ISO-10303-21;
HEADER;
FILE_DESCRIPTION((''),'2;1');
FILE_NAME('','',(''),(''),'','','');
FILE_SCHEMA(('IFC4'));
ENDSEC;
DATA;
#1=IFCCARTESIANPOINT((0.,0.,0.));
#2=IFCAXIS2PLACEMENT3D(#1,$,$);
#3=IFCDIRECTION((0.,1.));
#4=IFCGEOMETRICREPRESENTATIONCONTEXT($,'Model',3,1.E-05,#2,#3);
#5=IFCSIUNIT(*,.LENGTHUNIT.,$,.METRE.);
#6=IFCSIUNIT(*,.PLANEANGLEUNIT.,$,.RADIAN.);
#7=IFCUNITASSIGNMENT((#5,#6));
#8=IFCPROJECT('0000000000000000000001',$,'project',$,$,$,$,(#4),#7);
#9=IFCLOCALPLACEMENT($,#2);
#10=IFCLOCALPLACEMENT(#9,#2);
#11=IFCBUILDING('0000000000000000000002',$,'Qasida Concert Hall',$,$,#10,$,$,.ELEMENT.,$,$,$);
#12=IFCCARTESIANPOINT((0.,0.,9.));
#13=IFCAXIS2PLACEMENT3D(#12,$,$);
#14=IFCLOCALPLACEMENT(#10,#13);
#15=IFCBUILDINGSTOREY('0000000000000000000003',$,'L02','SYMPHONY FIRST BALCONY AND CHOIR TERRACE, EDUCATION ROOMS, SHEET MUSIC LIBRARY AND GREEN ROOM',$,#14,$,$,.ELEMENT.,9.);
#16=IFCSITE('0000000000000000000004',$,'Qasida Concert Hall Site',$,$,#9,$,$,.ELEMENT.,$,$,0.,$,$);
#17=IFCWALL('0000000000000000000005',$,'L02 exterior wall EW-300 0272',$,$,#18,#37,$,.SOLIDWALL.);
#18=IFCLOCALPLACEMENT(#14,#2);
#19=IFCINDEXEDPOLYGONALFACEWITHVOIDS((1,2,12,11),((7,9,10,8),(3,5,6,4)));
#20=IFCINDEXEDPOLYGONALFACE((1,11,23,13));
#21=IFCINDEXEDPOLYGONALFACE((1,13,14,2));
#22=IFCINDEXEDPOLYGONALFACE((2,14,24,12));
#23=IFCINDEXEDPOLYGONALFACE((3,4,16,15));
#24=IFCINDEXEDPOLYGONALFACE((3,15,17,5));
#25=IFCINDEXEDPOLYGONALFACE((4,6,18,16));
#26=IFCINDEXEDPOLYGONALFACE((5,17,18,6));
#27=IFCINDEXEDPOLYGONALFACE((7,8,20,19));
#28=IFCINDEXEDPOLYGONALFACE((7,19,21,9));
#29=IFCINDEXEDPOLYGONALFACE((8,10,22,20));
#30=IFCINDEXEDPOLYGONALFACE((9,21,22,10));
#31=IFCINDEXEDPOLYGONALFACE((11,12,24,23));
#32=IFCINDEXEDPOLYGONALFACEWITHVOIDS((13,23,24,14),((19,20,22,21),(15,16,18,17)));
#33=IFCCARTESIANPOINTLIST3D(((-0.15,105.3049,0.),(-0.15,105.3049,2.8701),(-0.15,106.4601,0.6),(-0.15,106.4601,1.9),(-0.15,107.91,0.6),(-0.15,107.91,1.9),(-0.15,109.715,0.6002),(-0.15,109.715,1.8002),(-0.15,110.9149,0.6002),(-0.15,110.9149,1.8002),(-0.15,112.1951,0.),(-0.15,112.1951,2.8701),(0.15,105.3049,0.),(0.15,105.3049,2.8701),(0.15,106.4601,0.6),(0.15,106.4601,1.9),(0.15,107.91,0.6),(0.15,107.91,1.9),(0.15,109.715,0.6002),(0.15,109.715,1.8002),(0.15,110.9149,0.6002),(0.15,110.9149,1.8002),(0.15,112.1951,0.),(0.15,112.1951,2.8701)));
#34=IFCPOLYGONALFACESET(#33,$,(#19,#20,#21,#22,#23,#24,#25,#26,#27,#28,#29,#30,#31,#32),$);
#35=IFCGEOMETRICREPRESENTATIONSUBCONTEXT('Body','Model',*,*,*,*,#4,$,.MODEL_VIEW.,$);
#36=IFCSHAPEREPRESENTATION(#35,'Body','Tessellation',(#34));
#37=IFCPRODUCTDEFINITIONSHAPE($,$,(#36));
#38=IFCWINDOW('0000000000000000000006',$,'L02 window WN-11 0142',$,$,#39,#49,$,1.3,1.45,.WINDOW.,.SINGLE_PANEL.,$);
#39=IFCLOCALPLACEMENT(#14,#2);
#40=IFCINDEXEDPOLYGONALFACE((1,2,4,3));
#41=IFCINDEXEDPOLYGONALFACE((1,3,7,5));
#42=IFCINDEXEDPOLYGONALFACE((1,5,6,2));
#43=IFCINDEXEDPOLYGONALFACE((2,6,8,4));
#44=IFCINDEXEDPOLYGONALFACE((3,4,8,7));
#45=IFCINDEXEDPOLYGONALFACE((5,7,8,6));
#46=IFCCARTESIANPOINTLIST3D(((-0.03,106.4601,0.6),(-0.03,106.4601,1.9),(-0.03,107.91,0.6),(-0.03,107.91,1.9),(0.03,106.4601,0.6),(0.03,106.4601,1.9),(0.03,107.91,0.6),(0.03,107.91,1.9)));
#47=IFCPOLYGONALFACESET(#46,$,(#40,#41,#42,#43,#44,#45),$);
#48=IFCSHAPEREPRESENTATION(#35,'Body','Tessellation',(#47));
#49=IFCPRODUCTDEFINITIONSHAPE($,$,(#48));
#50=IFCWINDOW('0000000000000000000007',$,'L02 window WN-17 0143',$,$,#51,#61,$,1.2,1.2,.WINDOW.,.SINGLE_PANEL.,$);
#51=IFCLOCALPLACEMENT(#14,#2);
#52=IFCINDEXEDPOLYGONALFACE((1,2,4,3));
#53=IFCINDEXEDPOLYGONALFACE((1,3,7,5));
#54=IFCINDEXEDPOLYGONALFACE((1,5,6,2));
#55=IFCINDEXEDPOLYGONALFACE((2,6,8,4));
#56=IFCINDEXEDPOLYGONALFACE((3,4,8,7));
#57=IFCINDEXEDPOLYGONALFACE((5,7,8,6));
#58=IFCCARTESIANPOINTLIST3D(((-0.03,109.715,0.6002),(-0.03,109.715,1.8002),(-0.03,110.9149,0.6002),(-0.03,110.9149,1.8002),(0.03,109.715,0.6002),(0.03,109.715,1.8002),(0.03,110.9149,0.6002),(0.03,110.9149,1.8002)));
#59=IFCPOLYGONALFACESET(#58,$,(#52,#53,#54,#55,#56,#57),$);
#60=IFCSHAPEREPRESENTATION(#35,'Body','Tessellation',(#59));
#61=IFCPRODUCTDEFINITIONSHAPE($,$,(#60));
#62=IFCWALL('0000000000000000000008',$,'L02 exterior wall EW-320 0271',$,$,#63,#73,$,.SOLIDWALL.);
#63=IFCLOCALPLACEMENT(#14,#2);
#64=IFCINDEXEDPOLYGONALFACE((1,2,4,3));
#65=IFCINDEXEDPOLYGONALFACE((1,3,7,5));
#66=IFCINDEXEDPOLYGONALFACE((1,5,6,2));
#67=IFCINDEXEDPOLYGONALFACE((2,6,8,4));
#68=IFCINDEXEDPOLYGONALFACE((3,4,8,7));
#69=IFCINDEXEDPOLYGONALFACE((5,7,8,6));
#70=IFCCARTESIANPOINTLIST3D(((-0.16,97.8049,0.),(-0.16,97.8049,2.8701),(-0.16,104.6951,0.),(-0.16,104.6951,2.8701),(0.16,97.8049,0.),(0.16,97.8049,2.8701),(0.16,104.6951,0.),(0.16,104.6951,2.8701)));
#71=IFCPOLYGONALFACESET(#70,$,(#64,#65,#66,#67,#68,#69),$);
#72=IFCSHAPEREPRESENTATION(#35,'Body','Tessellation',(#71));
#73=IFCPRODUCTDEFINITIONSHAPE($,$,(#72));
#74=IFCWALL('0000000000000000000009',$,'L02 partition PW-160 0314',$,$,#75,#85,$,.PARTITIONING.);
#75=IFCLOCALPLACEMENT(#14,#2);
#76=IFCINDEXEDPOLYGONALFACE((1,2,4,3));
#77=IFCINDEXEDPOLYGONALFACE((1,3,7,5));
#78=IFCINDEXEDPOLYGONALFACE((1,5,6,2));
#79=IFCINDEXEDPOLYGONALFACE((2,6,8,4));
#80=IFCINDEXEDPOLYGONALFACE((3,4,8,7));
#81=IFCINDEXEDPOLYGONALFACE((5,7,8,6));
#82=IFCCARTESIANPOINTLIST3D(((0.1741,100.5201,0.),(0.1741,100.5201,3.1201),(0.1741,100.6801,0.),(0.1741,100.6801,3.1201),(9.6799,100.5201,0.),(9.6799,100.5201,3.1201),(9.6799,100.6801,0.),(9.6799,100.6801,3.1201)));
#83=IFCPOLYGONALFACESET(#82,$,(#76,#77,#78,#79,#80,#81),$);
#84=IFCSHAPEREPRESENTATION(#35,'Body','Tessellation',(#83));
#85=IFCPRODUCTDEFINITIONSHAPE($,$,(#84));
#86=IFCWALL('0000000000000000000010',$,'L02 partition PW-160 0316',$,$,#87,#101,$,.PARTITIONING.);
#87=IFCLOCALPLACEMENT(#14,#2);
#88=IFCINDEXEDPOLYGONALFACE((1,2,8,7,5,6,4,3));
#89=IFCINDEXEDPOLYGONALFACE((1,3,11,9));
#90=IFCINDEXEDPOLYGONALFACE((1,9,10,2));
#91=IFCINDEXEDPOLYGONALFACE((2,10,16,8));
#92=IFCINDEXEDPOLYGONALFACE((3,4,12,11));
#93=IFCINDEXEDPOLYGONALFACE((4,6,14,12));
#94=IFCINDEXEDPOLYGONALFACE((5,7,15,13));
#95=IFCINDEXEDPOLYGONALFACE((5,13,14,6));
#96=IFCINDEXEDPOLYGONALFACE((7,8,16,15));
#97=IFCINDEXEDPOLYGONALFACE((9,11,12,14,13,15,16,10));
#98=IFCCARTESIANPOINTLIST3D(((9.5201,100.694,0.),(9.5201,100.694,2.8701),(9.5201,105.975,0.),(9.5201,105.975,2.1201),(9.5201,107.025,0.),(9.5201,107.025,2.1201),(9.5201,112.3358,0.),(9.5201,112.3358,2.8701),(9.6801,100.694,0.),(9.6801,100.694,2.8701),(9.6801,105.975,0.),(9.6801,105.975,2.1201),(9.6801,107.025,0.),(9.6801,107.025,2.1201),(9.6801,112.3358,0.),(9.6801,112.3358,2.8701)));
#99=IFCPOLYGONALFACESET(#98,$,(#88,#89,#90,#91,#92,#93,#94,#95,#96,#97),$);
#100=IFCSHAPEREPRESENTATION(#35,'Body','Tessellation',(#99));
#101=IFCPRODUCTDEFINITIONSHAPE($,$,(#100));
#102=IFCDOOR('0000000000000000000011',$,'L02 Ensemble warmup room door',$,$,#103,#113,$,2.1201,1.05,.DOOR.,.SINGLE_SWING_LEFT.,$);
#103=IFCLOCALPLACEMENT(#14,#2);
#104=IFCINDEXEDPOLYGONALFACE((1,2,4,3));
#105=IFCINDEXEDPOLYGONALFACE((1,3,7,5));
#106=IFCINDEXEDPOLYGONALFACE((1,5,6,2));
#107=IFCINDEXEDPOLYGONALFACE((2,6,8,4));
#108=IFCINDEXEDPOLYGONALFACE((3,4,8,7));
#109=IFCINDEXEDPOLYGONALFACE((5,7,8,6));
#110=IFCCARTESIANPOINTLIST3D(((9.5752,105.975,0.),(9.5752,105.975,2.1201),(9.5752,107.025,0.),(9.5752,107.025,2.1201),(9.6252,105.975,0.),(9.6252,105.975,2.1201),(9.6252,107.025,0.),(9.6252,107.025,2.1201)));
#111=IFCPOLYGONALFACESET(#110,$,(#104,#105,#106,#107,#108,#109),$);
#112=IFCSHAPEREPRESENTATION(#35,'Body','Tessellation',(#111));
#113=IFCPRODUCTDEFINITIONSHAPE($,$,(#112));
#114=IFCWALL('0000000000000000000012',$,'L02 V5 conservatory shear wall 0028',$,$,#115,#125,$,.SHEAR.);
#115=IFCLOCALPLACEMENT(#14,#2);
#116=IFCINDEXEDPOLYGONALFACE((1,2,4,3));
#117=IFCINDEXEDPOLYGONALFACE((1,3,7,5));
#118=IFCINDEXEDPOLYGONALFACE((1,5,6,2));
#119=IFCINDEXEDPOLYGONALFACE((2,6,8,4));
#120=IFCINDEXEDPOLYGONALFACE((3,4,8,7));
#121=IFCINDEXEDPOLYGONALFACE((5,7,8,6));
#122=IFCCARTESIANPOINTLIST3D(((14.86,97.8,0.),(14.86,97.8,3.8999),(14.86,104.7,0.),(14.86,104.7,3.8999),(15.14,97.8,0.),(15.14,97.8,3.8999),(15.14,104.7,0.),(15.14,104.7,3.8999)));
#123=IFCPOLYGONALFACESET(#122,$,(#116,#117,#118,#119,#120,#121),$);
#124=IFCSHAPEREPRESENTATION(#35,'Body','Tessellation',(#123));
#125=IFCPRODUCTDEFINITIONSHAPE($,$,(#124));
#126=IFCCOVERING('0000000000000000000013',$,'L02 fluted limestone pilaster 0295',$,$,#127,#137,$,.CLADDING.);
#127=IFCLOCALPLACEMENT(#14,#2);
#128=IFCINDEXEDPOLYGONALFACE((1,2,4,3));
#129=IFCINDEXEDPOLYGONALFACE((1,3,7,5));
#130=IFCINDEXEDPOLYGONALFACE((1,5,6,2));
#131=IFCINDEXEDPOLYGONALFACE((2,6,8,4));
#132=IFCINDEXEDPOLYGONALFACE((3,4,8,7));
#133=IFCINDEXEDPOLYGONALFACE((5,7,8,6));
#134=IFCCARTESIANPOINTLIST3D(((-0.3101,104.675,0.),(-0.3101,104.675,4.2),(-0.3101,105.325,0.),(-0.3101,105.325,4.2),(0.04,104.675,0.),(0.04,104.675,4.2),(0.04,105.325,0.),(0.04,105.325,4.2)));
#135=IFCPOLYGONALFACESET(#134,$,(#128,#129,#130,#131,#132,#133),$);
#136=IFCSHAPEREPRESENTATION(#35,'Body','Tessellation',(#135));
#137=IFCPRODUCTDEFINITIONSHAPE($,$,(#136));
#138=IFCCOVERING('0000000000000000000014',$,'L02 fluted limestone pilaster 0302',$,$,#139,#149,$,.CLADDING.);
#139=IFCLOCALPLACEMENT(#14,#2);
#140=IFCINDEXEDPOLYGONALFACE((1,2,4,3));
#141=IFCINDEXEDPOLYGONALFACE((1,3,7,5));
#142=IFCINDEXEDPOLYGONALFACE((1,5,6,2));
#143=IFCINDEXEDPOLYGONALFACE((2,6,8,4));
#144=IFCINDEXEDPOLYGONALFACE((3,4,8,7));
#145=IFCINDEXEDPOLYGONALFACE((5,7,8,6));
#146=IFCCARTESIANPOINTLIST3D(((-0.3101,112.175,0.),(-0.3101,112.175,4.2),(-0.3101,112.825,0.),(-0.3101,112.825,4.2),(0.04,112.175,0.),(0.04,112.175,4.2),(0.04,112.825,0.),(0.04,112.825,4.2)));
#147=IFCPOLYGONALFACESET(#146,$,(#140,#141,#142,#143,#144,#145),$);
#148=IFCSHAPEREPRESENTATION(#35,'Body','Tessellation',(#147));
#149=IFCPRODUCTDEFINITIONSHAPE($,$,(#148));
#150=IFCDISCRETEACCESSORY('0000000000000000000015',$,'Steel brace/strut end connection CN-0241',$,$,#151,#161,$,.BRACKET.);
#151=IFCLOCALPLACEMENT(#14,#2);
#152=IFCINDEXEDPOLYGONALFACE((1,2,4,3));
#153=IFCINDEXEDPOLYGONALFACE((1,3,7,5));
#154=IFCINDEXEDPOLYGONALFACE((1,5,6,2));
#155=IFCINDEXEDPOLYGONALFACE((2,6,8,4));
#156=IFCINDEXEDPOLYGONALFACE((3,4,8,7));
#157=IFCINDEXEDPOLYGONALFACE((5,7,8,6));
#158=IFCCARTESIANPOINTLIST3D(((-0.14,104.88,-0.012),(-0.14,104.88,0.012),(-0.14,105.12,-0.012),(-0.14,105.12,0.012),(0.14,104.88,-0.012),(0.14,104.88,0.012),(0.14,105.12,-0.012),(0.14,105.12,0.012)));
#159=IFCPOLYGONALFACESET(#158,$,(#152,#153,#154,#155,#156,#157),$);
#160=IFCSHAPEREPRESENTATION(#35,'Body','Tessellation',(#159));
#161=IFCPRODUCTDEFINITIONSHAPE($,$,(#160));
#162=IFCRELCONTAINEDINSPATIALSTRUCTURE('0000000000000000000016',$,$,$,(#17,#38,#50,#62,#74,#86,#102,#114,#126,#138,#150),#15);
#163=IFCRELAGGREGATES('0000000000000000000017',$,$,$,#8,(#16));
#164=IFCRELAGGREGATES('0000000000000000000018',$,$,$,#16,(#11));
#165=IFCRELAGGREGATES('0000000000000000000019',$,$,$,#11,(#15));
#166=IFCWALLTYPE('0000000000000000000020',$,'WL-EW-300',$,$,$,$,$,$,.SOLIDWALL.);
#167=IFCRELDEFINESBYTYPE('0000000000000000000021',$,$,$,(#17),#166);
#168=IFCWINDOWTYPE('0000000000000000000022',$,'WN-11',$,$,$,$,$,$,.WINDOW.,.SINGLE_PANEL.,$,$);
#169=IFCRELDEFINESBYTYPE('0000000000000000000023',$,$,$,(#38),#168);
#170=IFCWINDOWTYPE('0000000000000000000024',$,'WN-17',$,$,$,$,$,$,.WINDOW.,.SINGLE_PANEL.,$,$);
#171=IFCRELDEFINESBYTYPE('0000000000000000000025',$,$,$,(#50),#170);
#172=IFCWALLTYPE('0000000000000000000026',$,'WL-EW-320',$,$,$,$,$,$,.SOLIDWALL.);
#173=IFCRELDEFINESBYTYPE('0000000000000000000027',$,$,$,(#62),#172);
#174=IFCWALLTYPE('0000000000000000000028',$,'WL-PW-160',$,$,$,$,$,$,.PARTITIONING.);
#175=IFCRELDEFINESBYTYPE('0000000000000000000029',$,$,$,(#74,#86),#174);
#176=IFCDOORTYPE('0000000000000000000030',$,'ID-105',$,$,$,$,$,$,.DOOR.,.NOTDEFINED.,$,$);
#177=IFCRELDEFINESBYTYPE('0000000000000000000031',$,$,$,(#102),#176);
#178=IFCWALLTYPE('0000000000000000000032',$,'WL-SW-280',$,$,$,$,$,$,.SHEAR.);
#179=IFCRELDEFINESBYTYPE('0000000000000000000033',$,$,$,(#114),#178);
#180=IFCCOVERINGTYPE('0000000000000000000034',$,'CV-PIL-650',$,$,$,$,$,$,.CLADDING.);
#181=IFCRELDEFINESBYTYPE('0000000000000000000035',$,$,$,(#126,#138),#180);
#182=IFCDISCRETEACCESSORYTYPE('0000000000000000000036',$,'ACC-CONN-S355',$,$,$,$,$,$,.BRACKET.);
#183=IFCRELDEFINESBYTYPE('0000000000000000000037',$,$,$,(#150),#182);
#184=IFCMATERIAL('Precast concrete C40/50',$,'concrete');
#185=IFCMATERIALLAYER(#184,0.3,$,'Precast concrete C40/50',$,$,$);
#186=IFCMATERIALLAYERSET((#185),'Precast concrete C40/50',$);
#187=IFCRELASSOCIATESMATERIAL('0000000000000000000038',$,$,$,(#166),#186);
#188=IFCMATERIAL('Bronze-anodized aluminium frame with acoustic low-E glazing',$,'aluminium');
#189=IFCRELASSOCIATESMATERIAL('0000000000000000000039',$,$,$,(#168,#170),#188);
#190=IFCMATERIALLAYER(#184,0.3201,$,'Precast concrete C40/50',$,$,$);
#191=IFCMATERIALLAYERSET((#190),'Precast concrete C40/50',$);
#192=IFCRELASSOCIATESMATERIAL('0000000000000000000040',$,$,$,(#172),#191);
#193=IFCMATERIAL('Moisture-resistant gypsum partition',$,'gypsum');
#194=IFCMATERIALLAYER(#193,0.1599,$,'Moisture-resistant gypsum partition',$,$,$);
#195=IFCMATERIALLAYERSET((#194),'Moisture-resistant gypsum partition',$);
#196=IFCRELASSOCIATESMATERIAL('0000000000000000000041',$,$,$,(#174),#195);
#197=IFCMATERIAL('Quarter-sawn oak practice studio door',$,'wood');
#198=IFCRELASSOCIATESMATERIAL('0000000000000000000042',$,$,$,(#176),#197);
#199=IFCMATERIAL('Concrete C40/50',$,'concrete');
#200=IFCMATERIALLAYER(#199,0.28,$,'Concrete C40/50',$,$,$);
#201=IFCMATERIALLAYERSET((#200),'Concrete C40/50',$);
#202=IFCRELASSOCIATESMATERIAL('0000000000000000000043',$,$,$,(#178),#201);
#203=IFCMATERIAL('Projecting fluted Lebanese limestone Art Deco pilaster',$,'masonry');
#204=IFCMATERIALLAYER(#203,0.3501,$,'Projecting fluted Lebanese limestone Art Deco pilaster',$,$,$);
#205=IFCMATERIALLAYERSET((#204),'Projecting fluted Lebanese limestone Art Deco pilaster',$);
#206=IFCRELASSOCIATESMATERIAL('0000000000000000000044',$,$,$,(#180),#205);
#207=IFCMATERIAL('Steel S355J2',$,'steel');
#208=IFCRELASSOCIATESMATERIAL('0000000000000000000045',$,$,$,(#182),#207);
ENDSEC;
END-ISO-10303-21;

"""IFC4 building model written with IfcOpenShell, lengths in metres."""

from ifc_helpers import new_model, si_unit, direction, frame, frame_2d, origin, origin_2d, place, context, subcontext, project, spatial, rectangle, extrude, material, layer, layer_set, type_object, element, fill, save


model = new_model("IFC4")

# Units and contexts
model_context = context("Model", 3, precision=1e-05, world=origin(), true_north=direction((0.0, 1.0)))
body_context = subcontext(model_context, "Body", "Model", "MODEL_VIEW")
ifc_project = project(units=[si_unit("LENGTHUNIT", "METRE"), si_unit("PLANEANGLEUNIT", "RADIAN")], contexts=[model_context])

# Site, building, storey
site_placement = place(None, origin())
site = spatial("IfcSite", under=ifc_project, at=site_placement, Name="Qasida Concert Hall Site", CompositionType="ELEMENT", RefElevation=0.0)
building_placement = place(site_placement, origin())
building = spatial("IfcBuilding", under=site, at=building_placement, Name="Qasida Concert Hall", CompositionType="ELEMENT")
storey_placement = place(building_placement, frame((0.0, 0.0, 9.0)))
storey = spatial("IfcBuildingStorey", under=building, at=storey_placement, Name="L02", Description="SYMPHONY FIRST BALCONY AND CHOIR TERRACE, EDUCATION ROOMS, SHEET MUSIC LIBRARY AND GREEN ROOM", CompositionType="ELEMENT", Elevation=9.0)

# Shared definitions
ifc_material_1 = material(Name="Concrete C40/50", Category="concrete")
ifc_material_2 = material(Name="Steel S355J2", Category="steel")

# Shared definitions
ifc_material_3 = material(Name="Precast concrete C40/50", Category="concrete")
ifc_layer_1 = layer(ifc_material_3, 0.3, Name="Precast concrete C40/50")
ifc_layer_set_1 = layer_set([ifc_layer_1], Name="Precast concrete C40/50")
wall_type_1 = type_object("IfcWallType", Name="WL-EW-300", PredefinedType="SOLIDWALL", material=ifc_layer_set_1)
ifc_material_4 = material(Name="Bronze-anodized aluminium frame with acoustic low-E glazing", Category="aluminium")

# Wall, openings, windows
wall_1_placement = place(storey_placement, frame((0.0, 105.3049, 0.0), z_axis=(0.0, 0.0, 1.0), x_axis=(0.0, 1.0, 0.0)))
wall_1 = element("IfcWall", 1, at=wall_1_placement, inside=storey, type_object=wall_type_1, Name="L02 exterior wall EW-300 0272", PredefinedType="SOLIDWALL", context=body_context, shape_type="SweptSolid", body=[
    extrude(rectangle(XDim=6.8901, YDim=0.3, at=frame_2d((3.4451, 0.0))), origin(), (0.0, 0.0, 1.0), 2.8701),
])
opening_1_placement = place(wall_1_placement, frame((1.155, 0.0, 0.6001)))
opening_1 = element("IfcOpeningElement", 2, at=opening_1_placement, cuts=wall_1, PredefinedType="OPENING", context=body_context, shape_type="SweptSolid", body=[
    extrude(rectangle(XDim=1.45, YDim=1.3, at=frame_2d((0.7251, 0.6499))), frame((0.0, 0.1599, 0.0), z_axis=(0.0, -1.0, 0.0), x_axis=(1.0, 0.0, 0.0)), (0.0, 0.0, 1.0), 0.3201),
])
opening_2_placement = place(wall_1_placement, frame((4.4099, 0.0, 0.6001)))
opening_2 = element("IfcOpeningElement", 3, at=opening_2_placement, cuts=wall_1, PredefinedType="OPENING", context=body_context, shape_type="SweptSolid", body=[
    extrude(rectangle(XDim=1.2, YDim=1.2, at=frame_2d((0.6001, 0.6001))), frame((0.0, 0.1599, 0.0), z_axis=(0.0, -1.0, 0.0), x_axis=(1.0, 0.0, 0.0)), (0.0, 0.0, 1.0), 0.3201),
])
window_type_1 = type_object("IfcWindowType", Name="WN-11", PartitioningType="SINGLE_PANEL", PredefinedType="WINDOW", material=ifc_material_4)
window_1_placement = place(opening_1_placement, origin())
window_1 = element("IfcWindow", 4, at=window_1_placement, inside=storey, type_object=window_type_1, Name="L02 window WN-11 0142", OverallHeight=1.3, OverallWidth=1.45, PartitioningType="SINGLE_PANEL", PredefinedType="WINDOW", context=body_context, shape_type="SweptSolid", body=[
    extrude(rectangle(XDim=1.45, YDim=1.3, at=frame_2d((0.7251, 0.6499))), frame((0.0, 0.03, 0.0), z_axis=(0.0, -1.0, 0.0), x_axis=(1.0, 0.0, 0.0)), (0.0, 0.0, 1.0), 0.0601),
])
fill(opening_1, window_1)
window_type_2 = type_object("IfcWindowType", Name="WN-17", PartitioningType="SINGLE_PANEL", PredefinedType="WINDOW", material=ifc_material_4)
window_2_placement = place(opening_2_placement, origin())
window_2 = element("IfcWindow", 5, at=window_2_placement, inside=storey, type_object=window_type_2, Name="L02 window WN-17 0143", OverallHeight=1.2, OverallWidth=1.2, PartitioningType="SINGLE_PANEL", PredefinedType="WINDOW", context=body_context, shape_type="SweptSolid", body=[
    extrude(rectangle(XDim=1.2, YDim=1.2, at=frame_2d((0.6001, 0.6001))), frame((0.0, 0.03, 0.0), z_axis=(0.0, -1.0, 0.0), x_axis=(1.0, 0.0, 0.0)), (0.0, 0.0, 1.0), 0.0601),
])
fill(opening_2, window_2)

# Walls
ifc_layer_2 = layer(ifc_material_3, 0.3201, Name="Precast concrete C40/50")
ifc_layer_set_2 = layer_set([ifc_layer_2], Name="Precast concrete C40/50")
wall_type_2 = type_object("IfcWallType", Name="WL-EW-320", PredefinedType="SOLIDWALL", material=ifc_layer_set_2)
wall_2_placement = place(storey_placement, frame((0.0, 97.8049, 0.0), z_axis=(0.0, 0.0, 1.0), x_axis=(0.0, 1.0, 0.0)))
element("IfcWall", 6, at=wall_2_placement, inside=storey, type_object=wall_type_2, Name="L02 exterior wall EW-320 0271", PredefinedType="SOLIDWALL", context=body_context, shape_type="SweptSolid", body=[
    extrude(rectangle(XDim=6.8901, YDim=0.3201, at=frame_2d((3.4451, 0.0))), origin(), (0.0, 0.0, 1.0), 2.8701),
])
ifc_material_5 = material(Name="Moisture-resistant gypsum partition", Category="gypsum")
ifc_layer_3 = layer(ifc_material_5, 0.1599, Name="Moisture-resistant gypsum partition")
ifc_layer_set_3 = layer_set([ifc_layer_3], Name="Moisture-resistant gypsum partition")
wall_type_3 = type_object("IfcWallType", Name="WL-PW-160", PredefinedType="PARTITIONING", material=ifc_layer_set_3)
wall_3_placement = place(storey_placement, frame((0.1741, 100.6001, 0.0), z_axis=(0.0, 0.0, 1.0), x_axis=(1.0, 0.0, 0.0)))
element("IfcWall", 7, at=wall_3_placement, inside=storey, type_object=wall_type_3, Name="L02 partition PW-160 0314", PredefinedType="PARTITIONING", context=body_context, shape_type="SweptSolid", body=[
    extrude(rectangle(XDim=9.5059, YDim=0.1599, at=frame_2d((4.7529, 0.0))), origin(), (0.0, 0.0, 1.0), 3.1201),
])

# Wall, opening, door
wall_4_placement = place(storey_placement, frame((9.6001, 100.6941, 0.0), z_axis=(0.0, 0.0, 1.0), x_axis=(0.0, 1.0, 0.0)))
wall_4 = element("IfcWall", 8, at=wall_4_placement, inside=storey, type_object=wall_type_3, Name="L02 partition PW-160 0316", PredefinedType="PARTITIONING", context=body_context, shape_type="SweptSolid", body=[
    extrude(rectangle(XDim=11.6418, YDim=0.1599, at=frame_2d((5.8208, 0.0))), origin(), (0.0, 0.0, 1.0), 2.8701),
])
opening_3_placement = place(wall_4_placement, frame((5.281, 0.0, 0.0)))
opening_3 = element("IfcOpeningElement", 9, at=opening_3_placement, cuts=wall_4, PredefinedType="OPENING", context=body_context, shape_type="SweptSolid", body=[
    extrude(rectangle(XDim=1.05, YDim=2.1201, at=frame_2d((0.5249, 1.0601))), frame((0.0, 0.0898, 0.0), z_axis=(0.0, -1.0, 0.0), x_axis=(1.0, 0.0, 0.0)), (0.0, 0.0, 1.0), 0.1799),
])
ifc_material_6 = material(Name="Quarter-sawn oak practice studio door", Category="wood")
door_type = type_object("IfcDoorType", Name="ID-105", OperationType="NOTDEFINED", PredefinedType="DOOR", material=ifc_material_6)
door_placement = place(opening_3_placement, origin())
door = element("IfcDoor", 10, at=door_placement, inside=storey, type_object=door_type, Name="L02 Ensemble warmup room door", OperationType="SINGLE_SWING_LEFT", OverallHeight=2.1201, OverallWidth=1.05, PredefinedType="DOOR", context=body_context, shape_type="SweptSolid", body=[
    extrude(rectangle(XDim=1.05, YDim=2.1201, at=frame_2d((0.5249, 1.0601))), frame((0.0, 0.0249, 0.0), z_axis=(0.0, -1.0, 0.0), x_axis=(1.0, 0.0, 0.0)), (0.0, 0.0, 1.0), 0.05),
])
fill(opening_3, door)

# Wall
ifc_layer_4 = layer(ifc_material_1, 0.28, Name="Concrete C40/50")
ifc_layer_set_4 = layer_set([ifc_layer_4], Name="Concrete C40/50")
wall_type_4 = type_object("IfcWallType", Name="WL-SW-280", PredefinedType="SHEAR", material=ifc_layer_set_4)
wall_5_placement = place(storey_placement, frame((15.0, 97.8, 0.0), z_axis=(0.0, 0.0, 1.0), x_axis=(0.0, 1.0, 0.0)))
element("IfcWall", 11, at=wall_5_placement, inside=storey, type_object=wall_type_4, Name="L02 V5 conservatory shear wall 0028", PredefinedType="SHEAR", context=body_context, shape_type="SweptSolid", body=[
    extrude(rectangle(XDim=6.8999, YDim=0.28, at=frame_2d((3.45, 0.0))), origin(), (0.0, 0.0, 1.0), 3.8999),
])

# Coverings
ifc_material_7 = material(Name="Projecting fluted Lebanese limestone Art Deco pilaster", Category="masonry")
ifc_layer_5 = layer(ifc_material_7, 0.3501, Name="Projecting fluted Lebanese limestone Art Deco pilaster")
ifc_layer_set_5 = layer_set([ifc_layer_5], Name="Projecting fluted Lebanese limestone Art Deco pilaster")
covering_type = type_object("IfcCoveringType", Name="CV-PIL-650", PredefinedType="CLADDING", material=ifc_layer_set_5)
for number, where, z_axis, x_axis, name in (
    (12, (-0.135, 105.0, 0.0), (0.0, 0.0, 1.0), (1.0, 0.0, 0.0), "L02 fluted limestone pilaster 0295"),
    (13, (-0.135, 112.5, 0.0), (0.0, 0.0, 1.0), (1.0, 0.0, 0.0), "L02 fluted limestone pilaster 0302"),
):
    element("IfcCovering", number, at=place(storey_placement, frame(where, z_axis=z_axis, x_axis=x_axis)), inside=storey, type_object=covering_type, Name=name, PredefinedType="CLADDING", context=body_context, shape_type="SweptSolid", body=[
        extrude(rectangle(XDim=0.3501, YDim=0.6499, at=origin_2d()), origin(), (0.0, 0.0, 1.0), 4.2),
    ])

# Discrete accessory
discrete_accessory_type = type_object("IfcDiscreteAccessoryType", Name="ACC-CONN-S355", PredefinedType="BRACKET", material=ifc_material_2)
discrete_accessory_placement = place(storey_placement, frame((0.0, 105.0, -0.012), z_axis=(0.0, 0.0, 1.0), x_axis=(1.0, 0.0, 0.0)))
element("IfcDiscreteAccessory", 14, at=discrete_accessory_placement, inside=storey, type_object=discrete_accessory_type, Name="Steel brace/strut end connection CN-0241", PredefinedType="BRACKET", context=body_context, shape_type="SweptSolid", body=[
    extrude(rectangle(XDim=0.28, YDim=0.24, at=origin_2d()), origin(), (0.0, 0.0, 1.0), 0.0239),
])

save(model, "model.ifc")
